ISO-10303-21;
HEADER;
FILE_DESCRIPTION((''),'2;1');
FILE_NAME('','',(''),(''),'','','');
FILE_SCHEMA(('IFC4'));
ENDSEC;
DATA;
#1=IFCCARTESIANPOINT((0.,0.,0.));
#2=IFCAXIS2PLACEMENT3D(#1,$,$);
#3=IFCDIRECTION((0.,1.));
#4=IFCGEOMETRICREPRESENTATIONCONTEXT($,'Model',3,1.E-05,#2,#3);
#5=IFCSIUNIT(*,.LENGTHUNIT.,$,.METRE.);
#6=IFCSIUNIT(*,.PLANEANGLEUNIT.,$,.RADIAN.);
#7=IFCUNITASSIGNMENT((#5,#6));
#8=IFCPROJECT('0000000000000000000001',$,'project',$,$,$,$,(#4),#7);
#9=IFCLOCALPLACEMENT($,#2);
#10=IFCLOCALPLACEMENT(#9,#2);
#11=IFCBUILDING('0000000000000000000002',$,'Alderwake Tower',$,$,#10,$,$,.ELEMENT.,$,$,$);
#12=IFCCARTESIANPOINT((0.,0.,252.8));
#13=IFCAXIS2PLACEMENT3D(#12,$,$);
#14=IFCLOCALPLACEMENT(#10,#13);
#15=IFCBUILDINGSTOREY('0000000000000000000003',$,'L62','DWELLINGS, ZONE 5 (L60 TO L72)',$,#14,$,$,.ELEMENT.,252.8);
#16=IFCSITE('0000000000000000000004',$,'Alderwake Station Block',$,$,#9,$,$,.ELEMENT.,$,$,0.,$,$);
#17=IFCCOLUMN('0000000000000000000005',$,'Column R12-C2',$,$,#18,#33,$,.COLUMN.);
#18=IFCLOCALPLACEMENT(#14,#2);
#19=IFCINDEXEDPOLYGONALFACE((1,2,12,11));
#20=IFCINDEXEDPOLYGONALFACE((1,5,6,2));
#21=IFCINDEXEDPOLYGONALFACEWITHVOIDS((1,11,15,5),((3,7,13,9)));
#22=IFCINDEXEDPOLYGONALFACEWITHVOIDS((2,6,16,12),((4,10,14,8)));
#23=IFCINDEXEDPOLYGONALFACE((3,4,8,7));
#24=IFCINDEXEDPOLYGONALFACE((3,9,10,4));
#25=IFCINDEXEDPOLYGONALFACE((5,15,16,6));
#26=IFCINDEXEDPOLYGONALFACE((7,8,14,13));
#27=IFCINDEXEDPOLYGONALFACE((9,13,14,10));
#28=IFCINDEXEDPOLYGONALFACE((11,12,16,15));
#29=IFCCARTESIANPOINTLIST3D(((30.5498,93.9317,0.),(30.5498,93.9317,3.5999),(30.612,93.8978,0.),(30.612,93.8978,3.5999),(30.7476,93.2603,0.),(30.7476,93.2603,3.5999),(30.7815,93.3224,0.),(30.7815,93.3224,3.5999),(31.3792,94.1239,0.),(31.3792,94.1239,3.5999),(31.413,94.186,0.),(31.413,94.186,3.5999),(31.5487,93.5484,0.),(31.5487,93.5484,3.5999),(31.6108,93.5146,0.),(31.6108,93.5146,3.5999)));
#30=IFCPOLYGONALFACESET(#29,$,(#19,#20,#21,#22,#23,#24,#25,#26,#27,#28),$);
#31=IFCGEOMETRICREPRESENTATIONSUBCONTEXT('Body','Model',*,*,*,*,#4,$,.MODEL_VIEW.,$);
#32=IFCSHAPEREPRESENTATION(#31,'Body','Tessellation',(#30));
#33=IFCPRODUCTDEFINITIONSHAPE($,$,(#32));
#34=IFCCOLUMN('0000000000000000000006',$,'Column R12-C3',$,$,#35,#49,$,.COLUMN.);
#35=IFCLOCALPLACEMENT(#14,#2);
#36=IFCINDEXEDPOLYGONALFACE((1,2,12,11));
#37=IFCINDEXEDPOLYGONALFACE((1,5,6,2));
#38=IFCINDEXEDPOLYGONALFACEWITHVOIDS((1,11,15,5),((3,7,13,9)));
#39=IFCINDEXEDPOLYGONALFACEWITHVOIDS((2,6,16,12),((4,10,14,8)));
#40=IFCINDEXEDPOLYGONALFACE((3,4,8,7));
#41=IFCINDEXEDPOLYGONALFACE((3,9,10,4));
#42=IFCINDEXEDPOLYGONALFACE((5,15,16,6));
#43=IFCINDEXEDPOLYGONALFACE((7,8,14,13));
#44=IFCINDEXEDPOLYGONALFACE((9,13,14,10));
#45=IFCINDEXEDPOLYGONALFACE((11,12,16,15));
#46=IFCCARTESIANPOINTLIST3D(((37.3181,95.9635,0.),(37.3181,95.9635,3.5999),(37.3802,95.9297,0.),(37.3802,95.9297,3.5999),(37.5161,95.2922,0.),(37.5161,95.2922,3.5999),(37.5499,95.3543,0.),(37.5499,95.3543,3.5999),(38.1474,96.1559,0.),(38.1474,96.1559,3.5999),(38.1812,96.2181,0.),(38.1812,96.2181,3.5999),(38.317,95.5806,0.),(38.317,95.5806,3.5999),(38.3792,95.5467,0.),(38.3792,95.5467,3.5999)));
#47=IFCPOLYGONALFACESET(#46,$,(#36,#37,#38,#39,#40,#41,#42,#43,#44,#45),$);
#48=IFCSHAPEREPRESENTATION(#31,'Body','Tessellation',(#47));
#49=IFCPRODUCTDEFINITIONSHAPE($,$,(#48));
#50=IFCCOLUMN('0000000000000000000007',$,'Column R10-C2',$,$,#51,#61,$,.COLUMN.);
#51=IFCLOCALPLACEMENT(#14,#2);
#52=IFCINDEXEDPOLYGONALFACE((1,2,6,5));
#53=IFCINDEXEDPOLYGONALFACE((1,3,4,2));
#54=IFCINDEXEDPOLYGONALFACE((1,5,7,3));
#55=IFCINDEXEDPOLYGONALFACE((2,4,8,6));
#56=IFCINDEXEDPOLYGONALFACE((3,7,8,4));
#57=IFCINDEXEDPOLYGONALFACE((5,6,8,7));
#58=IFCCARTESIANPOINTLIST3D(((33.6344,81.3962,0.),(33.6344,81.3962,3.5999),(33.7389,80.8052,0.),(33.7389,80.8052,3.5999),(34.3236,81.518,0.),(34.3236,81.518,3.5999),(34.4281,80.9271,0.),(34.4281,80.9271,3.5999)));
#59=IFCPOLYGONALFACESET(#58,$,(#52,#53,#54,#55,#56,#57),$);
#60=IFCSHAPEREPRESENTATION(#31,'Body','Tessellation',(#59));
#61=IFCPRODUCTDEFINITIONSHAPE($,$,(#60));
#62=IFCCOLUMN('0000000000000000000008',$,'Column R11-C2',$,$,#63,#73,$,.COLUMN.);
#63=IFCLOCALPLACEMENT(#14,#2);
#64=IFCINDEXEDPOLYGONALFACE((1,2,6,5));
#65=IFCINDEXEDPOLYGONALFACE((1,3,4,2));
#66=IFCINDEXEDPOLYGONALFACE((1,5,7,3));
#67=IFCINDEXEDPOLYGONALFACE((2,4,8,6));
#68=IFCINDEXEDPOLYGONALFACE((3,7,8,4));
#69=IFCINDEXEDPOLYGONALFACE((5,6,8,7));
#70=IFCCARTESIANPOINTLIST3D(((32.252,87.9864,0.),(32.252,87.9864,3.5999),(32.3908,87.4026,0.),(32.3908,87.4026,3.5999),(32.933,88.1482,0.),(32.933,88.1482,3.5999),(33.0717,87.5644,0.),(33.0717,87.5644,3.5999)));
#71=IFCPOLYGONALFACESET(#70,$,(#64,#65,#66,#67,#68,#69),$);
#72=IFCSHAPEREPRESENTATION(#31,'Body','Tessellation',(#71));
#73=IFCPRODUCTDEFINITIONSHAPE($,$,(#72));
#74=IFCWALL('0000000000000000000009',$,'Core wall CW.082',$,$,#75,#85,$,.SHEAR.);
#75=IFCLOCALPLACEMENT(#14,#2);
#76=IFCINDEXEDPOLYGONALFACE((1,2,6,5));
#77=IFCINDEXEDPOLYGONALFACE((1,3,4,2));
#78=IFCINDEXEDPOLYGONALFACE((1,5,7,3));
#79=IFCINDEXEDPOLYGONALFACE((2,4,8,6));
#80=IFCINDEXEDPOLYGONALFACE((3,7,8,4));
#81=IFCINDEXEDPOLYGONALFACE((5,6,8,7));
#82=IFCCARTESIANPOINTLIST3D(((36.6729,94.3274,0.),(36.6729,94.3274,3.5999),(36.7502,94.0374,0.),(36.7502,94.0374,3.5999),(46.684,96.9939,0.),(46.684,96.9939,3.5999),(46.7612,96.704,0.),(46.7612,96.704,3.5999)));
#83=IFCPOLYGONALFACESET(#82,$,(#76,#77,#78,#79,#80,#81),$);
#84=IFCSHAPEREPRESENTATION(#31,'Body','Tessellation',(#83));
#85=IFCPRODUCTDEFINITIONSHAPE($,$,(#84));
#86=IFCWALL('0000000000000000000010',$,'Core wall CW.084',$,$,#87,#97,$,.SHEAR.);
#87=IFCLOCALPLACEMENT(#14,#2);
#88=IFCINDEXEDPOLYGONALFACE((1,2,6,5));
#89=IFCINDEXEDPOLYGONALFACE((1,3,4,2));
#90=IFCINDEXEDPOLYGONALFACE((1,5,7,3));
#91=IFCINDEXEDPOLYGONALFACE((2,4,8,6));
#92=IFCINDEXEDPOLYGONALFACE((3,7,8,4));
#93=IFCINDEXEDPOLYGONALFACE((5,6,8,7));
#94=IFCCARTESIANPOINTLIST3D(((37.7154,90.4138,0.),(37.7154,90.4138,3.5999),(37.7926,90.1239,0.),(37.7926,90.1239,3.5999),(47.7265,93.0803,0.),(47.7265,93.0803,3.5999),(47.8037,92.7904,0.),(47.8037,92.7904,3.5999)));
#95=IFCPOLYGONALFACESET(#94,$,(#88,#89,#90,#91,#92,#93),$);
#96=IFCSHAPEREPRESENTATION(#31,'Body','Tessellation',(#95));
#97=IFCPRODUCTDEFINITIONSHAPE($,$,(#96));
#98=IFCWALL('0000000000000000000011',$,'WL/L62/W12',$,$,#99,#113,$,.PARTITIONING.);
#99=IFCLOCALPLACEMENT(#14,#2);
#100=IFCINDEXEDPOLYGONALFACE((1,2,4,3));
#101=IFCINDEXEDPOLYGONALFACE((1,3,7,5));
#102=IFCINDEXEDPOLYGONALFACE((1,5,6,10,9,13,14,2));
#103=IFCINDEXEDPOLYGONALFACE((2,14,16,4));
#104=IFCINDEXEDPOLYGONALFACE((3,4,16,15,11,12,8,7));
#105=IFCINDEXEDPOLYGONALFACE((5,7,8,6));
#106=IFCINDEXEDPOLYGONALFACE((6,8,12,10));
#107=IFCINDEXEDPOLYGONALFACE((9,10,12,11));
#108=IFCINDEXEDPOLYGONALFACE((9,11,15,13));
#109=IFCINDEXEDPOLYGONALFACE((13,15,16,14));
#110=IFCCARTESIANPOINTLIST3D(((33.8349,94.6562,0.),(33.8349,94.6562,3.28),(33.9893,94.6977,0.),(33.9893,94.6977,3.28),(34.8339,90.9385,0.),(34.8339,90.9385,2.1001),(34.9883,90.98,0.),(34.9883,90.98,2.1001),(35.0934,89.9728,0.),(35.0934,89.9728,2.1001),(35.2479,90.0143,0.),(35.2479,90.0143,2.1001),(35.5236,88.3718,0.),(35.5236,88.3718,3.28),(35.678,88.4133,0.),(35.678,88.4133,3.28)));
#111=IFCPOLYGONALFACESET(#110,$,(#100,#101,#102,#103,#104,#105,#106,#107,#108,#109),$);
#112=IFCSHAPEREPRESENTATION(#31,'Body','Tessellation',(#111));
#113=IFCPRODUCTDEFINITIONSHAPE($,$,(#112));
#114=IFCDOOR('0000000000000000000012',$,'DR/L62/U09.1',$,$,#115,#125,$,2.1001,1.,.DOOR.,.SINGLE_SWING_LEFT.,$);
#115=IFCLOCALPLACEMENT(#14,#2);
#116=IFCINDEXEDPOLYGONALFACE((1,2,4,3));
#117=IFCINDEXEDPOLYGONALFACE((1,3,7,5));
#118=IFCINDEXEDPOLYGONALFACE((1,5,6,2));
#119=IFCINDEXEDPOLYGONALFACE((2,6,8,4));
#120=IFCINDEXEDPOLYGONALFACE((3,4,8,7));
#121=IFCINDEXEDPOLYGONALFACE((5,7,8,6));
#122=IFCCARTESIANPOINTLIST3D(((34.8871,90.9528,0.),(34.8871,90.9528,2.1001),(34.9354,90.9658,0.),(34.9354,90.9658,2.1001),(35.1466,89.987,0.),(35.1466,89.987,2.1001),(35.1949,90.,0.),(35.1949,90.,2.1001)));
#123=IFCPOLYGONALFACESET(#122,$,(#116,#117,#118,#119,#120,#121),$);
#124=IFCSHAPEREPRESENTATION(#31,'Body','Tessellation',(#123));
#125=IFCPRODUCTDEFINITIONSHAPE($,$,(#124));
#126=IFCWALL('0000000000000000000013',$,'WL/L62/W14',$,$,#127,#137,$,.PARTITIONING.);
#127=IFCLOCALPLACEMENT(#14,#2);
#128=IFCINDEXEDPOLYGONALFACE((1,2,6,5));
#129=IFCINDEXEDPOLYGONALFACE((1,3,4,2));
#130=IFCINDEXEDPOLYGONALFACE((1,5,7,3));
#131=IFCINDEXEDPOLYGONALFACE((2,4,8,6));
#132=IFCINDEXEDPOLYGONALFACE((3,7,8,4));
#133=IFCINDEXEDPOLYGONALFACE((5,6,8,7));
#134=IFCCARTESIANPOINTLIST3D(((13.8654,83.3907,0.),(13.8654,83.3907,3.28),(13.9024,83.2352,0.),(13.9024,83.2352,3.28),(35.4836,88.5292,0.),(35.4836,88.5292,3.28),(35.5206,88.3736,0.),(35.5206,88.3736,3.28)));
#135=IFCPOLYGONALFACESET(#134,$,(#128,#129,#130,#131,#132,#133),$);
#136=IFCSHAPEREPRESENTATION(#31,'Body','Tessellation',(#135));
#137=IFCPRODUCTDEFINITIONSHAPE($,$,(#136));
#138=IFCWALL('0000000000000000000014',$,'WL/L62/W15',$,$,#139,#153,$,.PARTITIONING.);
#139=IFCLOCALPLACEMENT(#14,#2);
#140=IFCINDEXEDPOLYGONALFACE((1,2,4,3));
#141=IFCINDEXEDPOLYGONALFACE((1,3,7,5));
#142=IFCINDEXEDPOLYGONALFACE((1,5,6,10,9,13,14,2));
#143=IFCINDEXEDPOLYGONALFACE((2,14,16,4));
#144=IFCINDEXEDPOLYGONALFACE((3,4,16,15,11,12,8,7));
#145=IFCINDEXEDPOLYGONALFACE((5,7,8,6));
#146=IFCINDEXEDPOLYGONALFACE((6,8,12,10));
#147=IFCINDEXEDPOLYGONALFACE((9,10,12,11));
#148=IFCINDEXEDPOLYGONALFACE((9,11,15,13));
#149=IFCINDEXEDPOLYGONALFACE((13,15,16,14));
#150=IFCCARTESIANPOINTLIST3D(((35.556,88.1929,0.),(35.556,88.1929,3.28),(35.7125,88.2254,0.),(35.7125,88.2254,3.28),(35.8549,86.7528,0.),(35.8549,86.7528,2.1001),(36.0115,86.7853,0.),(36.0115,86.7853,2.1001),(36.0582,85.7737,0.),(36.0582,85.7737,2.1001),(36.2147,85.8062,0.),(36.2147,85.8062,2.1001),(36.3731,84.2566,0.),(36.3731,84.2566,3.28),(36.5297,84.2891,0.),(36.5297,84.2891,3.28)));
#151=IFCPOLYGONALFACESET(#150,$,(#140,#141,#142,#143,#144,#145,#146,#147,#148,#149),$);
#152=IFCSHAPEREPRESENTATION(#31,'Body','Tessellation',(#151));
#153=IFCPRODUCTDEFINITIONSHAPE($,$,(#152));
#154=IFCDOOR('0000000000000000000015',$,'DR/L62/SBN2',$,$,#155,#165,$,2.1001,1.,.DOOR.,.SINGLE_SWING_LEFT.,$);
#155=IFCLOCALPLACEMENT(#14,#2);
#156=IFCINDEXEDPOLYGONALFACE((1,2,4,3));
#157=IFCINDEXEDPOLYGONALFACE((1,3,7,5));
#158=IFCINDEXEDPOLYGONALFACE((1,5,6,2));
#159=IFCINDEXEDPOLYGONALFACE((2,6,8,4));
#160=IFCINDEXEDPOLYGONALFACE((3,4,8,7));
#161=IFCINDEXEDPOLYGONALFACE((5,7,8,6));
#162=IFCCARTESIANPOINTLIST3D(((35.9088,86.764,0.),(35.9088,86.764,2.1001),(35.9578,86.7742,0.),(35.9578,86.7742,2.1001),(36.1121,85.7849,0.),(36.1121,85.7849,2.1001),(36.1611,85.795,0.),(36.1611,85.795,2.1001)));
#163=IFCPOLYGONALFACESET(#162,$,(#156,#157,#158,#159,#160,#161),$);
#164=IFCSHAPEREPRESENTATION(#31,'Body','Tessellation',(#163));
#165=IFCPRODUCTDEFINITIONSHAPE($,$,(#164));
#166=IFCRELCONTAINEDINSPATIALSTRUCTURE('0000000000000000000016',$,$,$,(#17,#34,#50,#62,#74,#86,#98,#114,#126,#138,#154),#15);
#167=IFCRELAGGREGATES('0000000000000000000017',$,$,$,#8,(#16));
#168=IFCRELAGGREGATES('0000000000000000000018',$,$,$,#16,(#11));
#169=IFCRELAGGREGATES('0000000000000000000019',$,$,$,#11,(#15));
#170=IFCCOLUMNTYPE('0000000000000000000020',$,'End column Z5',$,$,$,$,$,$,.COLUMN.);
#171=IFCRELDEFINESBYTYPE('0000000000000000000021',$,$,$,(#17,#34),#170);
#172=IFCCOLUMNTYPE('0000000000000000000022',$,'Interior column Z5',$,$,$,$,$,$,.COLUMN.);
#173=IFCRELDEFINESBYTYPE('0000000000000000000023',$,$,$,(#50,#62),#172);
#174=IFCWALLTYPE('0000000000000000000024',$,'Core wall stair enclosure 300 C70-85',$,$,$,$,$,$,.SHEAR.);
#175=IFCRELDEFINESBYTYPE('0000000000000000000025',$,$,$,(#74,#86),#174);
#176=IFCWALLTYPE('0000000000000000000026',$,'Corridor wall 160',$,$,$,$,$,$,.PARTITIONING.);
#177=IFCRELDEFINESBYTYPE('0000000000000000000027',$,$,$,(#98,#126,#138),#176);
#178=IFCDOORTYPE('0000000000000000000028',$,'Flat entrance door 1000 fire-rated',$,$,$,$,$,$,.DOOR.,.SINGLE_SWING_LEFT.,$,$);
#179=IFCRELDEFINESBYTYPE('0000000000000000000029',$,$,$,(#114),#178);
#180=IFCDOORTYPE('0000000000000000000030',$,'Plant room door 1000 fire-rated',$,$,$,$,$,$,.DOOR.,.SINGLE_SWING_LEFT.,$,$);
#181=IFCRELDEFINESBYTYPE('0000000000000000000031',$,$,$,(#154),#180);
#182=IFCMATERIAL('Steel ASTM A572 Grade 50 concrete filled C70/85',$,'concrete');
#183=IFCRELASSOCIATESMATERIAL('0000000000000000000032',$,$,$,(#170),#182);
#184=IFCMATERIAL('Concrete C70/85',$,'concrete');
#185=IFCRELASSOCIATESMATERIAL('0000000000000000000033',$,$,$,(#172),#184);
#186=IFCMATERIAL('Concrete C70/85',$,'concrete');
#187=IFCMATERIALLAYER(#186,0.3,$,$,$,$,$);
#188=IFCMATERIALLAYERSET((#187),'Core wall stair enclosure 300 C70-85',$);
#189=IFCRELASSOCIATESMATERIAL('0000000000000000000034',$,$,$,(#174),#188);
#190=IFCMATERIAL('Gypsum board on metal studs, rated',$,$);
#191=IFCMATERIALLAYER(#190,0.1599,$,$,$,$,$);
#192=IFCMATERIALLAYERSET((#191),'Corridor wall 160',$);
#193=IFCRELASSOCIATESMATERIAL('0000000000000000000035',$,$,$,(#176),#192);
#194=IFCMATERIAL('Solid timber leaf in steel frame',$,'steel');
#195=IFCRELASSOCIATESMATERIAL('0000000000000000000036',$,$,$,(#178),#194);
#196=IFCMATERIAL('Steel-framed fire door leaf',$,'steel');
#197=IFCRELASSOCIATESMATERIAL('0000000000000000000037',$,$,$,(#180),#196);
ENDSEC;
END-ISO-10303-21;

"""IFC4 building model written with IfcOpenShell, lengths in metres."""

from ifc_helpers import new_model, si_unit, direction, frame, frame_2d, origin, origin_2d, place, context, subcontext, project, spatial, rectangle, hollow_rectangle, extrude, material, layer, layer_set, material_profile, profile_set, type_object, element, fill, save


model = new_model("IFC4")

# Units and contexts
model_context = context("Model", 3, precision=1e-05, world=origin(), true_north=direction((0.0, 1.0)))
body_context = subcontext(model_context, "Body", "Model", "MODEL_VIEW")
ifc_project = project(units=[si_unit("LENGTHUNIT", "METRE"), si_unit("PLANEANGLEUNIT", "RADIAN")], contexts=[model_context])

# Site, building, storey
site_placement = place(None, origin())
site = spatial("IfcSite", under=ifc_project, at=site_placement, Name="Alderwake Station Block", CompositionType="ELEMENT", RefElevation=0.0)
building_placement = place(site_placement, origin())
building = spatial("IfcBuilding", under=site, at=building_placement, Name="Alderwake Tower", CompositionType="ELEMENT")
storey_placement = place(building_placement, frame((0.0, 0.0, 252.8)))
storey = spatial("IfcBuildingStorey", under=building, at=storey_placement, Name="L62", Description="DWELLINGS, ZONE 5 (L60 TO L72)", CompositionType="ELEMENT", Elevation=252.8)

# Columns
ifc_material_1 = material(Name="Steel ASTM A572 Grade 50 concrete filled C70/85", Category="concrete")
ifc_material_profile_1 = material_profile(ifc_material_1, hollow_rectangle(XDim=0.7, YDim=0.8999, WallThickness=0.05, at=origin_2d()), Name="BOX 900X700X50")
ifc_profile_set_1 = profile_set([ifc_material_profile_1], Name="Steel ASTM A572 Grade 50 concrete filled C70/85")
column_type_1 = type_object("IfcColumnType", Name="End column Z5", PredefinedType="COLUMN", material=ifc_profile_set_1)
for number, where, z_axis, x_axis, name in (
    (1, (31.0803, 93.7231, 0.0), (0.0, 0.0, 1.0), (-0.282583, 0.959243, 0.0), "Column R12-C2"),
    (2, (37.8486, 95.7551, 0.0), (0.0, 0.0, 1.0), (-0.282869, 0.959159, 0.0), "Column R12-C3"),
):
    element("IfcColumn", number, at=place(storey_placement, frame(where, z_axis=z_axis, x_axis=x_axis)), inside=storey, type_object=column_type_1, Name=name, PredefinedType="COLUMN", context=body_context, shape_type="SweptSolid", body=[
        extrude(hollow_rectangle(XDim=0.7, YDim=0.8999, WallThickness=0.05, at=origin_2d()), origin(), (0.0, 0.0, 1.0), 3.5999),
    ])
ifc_material_2 = material(Name="Concrete C70/85", Category="concrete")
ifc_material_profile_2 = material_profile(ifc_material_2, rectangle(XDim=0.6001, YDim=0.7, at=origin_2d()), Name="RC 700X600")
ifc_profile_set_2 = profile_set([ifc_material_profile_2], Name="Concrete C70/85")
column_type_2 = type_object("IfcColumnType", Name="Interior column Z5", PredefinedType="COLUMN", material=ifc_profile_set_2)
for number, where, z_axis, x_axis, name in (
    (3, (34.0312, 81.1616, 0.0), (0.0, 0.0, 1.0), (-0.174109, 0.984726, 0.0), "Column R10-C2"),
    (4, (32.6619, 87.7754, 0.0), (0.0, 0.0, 1.0), (-0.231222, 0.972901, 0.0), "Column R11-C2"),
):
    element("IfcColumn", number, at=place(storey_placement, frame(where, z_axis=z_axis, x_axis=x_axis)), inside=storey, type_object=column_type_2, Name=name, PredefinedType="COLUMN", context=body_context, shape_type="SweptSolid", body=[
        extrude(rectangle(XDim=0.6001, YDim=0.7, at=origin_2d()), origin(), (0.0, 0.0, 1.0), 3.5999),
    ])

# Walls
ifc_material_3 = material(Name="Concrete C70/85", Category="concrete")
ifc_layer_1 = layer(ifc_material_3, 0.3)
ifc_layer_set_1 = layer_set([ifc_layer_1], Name="Core wall stair enclosure 300 C70-85")
wall_type_1 = type_object("IfcWallType", Name="Core wall stair enclosure 300 C70-85", PredefinedType="SHEAR", material=ifc_layer_set_1)
for number, where, z_axis, x_axis, name in (
    (5, (36.7114, 94.1824, 0.0), (0.0, 0.0, 1.0), (0.966309, 0.257384, 0.0), "Core wall CW.082"),
    (6, (37.7539, 90.2688, 0.0), (0.0, 0.0, 1.0), (0.966309, 0.257384, 0.0), "Core wall CW.084"),
):
    element("IfcWall", number, at=place(storey_placement, frame(where, z_axis=z_axis, x_axis=x_axis)), inside=storey, type_object=wall_type_1, Name=name, PredefinedType="SHEAR", context=body_context, shape_type="SweptSolid", body=[
        extrude(rectangle(XDim=10.3601, YDim=0.3, at=frame_2d((5.1802, 0.0))), origin(), (0.0, 0.0, 1.0), 3.5999),
    ])

# Wall, opening, door
ifc_material_4 = material(Name="Gypsum board on metal studs, rated")
ifc_layer_2 = layer(ifc_material_4, 0.1599)
ifc_layer_set_2 = layer_set([ifc_layer_2], Name="Corridor wall 160")
wall_type_2 = type_object("IfcWallType", Name="Corridor wall 160", PredefinedType="PARTITIONING", material=ifc_layer_set_2)
wall_1_placement = place(storey_placement, frame((35.6008, 88.3926, 0.0), z_axis=(0.0, 0.0, 1.0), x_axis=(-0.259509, 0.965741, 0.0)))
wall_1 = element("IfcWall", 7, at=wall_1_placement, inside=storey, type_object=wall_type_2, Name="WL/L62/W12", PredefinedType="PARTITIONING", context=body_context, shape_type="SweptSolid", body=[
    extrude(rectangle(XDim=6.5073, YDim=0.1599, at=frame_2d((3.2537, 0.0))), origin(), (0.0, 0.0, 1.0), 3.28),
])
opening_1_placement = place(wall_1_placement, frame((1.6577, 0.0, 0.0)))
opening_1 = element("IfcOpeningElement", 8, at=opening_1_placement, cuts=wall_1, PredefinedType="OPENING", context=body_context, shape_type="SweptSolid", body=[
    extrude(rectangle(XDim=1.0, YDim=2.1001, at=frame_2d((0.5, 1.05))), frame((0.0, 0.0898, 0.0), z_axis=(0.0, -1.0, 0.0), x_axis=(1.0, 0.0, 0.0)), (0.0, 0.0, 1.0), 0.1799),
])
ifc_material_5 = material(Name="Solid timber leaf in steel frame", Category="steel")
door_type_1 = type_object("IfcDoorType", Name="Flat entrance door 1000 fire-rated", OperationType="SINGLE_SWING_LEFT", PredefinedType="DOOR", material=ifc_material_5)
door_1_placement = place(opening_1_placement, origin())
door_1 = element("IfcDoor", 9, at=door_1_placement, inside=storey, type_object=door_type_1, Name="DR/L62/U09.1", OperationType="SINGLE_SWING_LEFT", OverallHeight=2.1001, OverallWidth=1.0, PredefinedType="DOOR", context=body_context, shape_type="SweptSolid", body=[
    extrude(rectangle(XDim=1.0, YDim=2.1001, at=frame_2d((0.5, 1.05))), frame((0.0, 0.0249, 0.0), z_axis=(0.0, -1.0, 0.0), x_axis=(1.0, 0.0, 0.0)), (0.0, 0.0, 1.0), 0.05),
])
fill(opening_1, door_1)

# Wall
wall_2_placement = place(storey_placement, frame((35.5022, 88.4514, 0.0), z_axis=(0.0, 0.0, 1.0), x_axis=(-0.972895, -0.231248, 0.0)))
element("IfcWall", 10, at=wall_2_placement, inside=storey, type_object=wall_type_2, Name="WL/L62/W14", PredefinedType="PARTITIONING", context=body_context, shape_type="SweptSolid", body=[
    extrude(rectangle(XDim=22.2205, YDim=0.1599, at=frame_2d((11.1104, 0.0))), origin(), (0.0, 0.0, 1.0), 3.28),
])

# Wall, opening, door
wall_3_placement = place(storey_placement, frame((36.4514, 84.2727, 0.0), z_axis=(0.0, 0.0, 1.0), x_axis=(-0.203258, 0.979125, 0.0)))
wall_3 = element("IfcWall", 11, at=wall_3_placement, inside=storey, type_object=wall_type_2, Name="WL/L62/W15", PredefinedType="PARTITIONING", context=body_context, shape_type="SweptSolid", body=[
    extrude(rectangle(XDim=4.0203, YDim=0.1599, at=frame_2d((2.0103, 0.0))), origin(), (0.0, 0.0, 1.0), 3.28),
])
opening_2_placement = place(wall_3_placement, frame((1.5496, 0.0, 0.0)))
opening_2 = element("IfcOpeningElement", 12, at=opening_2_placement, cuts=wall_3, PredefinedType="OPENING", context=body_context, shape_type="SweptSolid", body=[
    extrude(rectangle(XDim=1.0, YDim=2.1001, at=frame_2d((0.5, 1.05))), frame((0.0, 0.0898, 0.0), z_axis=(0.0, -1.0, 0.0), x_axis=(1.0, 0.0, 0.0)), (0.0, 0.0, 1.0), 0.1799),
])
ifc_material_6 = material(Name="Steel-framed fire door leaf", Category="steel")
door_type_2 = type_object("IfcDoorType", Name="Plant room door 1000 fire-rated", OperationType="SINGLE_SWING_LEFT", PredefinedType="DOOR", material=ifc_material_6)
door_2_placement = place(opening_2_placement, origin())
door_2 = element("IfcDoor", 13, at=door_2_placement, inside=storey, type_object=door_type_2, Name="DR/L62/SBN2", OperationType="SINGLE_SWING_LEFT", OverallHeight=2.1001, OverallWidth=1.0, PredefinedType="DOOR", context=body_context, shape_type="SweptSolid", body=[
    extrude(rectangle(XDim=1.0, YDim=2.1001, at=frame_2d((0.5, 1.05))), frame((0.0, 0.0249, 0.0), z_axis=(0.0, -1.0, 0.0), x_axis=(1.0, 0.0, 0.0)), (0.0, 0.0, 1.0), 0.05),
])
fill(opening_2, door_2)

save(model, "model.ifc")
